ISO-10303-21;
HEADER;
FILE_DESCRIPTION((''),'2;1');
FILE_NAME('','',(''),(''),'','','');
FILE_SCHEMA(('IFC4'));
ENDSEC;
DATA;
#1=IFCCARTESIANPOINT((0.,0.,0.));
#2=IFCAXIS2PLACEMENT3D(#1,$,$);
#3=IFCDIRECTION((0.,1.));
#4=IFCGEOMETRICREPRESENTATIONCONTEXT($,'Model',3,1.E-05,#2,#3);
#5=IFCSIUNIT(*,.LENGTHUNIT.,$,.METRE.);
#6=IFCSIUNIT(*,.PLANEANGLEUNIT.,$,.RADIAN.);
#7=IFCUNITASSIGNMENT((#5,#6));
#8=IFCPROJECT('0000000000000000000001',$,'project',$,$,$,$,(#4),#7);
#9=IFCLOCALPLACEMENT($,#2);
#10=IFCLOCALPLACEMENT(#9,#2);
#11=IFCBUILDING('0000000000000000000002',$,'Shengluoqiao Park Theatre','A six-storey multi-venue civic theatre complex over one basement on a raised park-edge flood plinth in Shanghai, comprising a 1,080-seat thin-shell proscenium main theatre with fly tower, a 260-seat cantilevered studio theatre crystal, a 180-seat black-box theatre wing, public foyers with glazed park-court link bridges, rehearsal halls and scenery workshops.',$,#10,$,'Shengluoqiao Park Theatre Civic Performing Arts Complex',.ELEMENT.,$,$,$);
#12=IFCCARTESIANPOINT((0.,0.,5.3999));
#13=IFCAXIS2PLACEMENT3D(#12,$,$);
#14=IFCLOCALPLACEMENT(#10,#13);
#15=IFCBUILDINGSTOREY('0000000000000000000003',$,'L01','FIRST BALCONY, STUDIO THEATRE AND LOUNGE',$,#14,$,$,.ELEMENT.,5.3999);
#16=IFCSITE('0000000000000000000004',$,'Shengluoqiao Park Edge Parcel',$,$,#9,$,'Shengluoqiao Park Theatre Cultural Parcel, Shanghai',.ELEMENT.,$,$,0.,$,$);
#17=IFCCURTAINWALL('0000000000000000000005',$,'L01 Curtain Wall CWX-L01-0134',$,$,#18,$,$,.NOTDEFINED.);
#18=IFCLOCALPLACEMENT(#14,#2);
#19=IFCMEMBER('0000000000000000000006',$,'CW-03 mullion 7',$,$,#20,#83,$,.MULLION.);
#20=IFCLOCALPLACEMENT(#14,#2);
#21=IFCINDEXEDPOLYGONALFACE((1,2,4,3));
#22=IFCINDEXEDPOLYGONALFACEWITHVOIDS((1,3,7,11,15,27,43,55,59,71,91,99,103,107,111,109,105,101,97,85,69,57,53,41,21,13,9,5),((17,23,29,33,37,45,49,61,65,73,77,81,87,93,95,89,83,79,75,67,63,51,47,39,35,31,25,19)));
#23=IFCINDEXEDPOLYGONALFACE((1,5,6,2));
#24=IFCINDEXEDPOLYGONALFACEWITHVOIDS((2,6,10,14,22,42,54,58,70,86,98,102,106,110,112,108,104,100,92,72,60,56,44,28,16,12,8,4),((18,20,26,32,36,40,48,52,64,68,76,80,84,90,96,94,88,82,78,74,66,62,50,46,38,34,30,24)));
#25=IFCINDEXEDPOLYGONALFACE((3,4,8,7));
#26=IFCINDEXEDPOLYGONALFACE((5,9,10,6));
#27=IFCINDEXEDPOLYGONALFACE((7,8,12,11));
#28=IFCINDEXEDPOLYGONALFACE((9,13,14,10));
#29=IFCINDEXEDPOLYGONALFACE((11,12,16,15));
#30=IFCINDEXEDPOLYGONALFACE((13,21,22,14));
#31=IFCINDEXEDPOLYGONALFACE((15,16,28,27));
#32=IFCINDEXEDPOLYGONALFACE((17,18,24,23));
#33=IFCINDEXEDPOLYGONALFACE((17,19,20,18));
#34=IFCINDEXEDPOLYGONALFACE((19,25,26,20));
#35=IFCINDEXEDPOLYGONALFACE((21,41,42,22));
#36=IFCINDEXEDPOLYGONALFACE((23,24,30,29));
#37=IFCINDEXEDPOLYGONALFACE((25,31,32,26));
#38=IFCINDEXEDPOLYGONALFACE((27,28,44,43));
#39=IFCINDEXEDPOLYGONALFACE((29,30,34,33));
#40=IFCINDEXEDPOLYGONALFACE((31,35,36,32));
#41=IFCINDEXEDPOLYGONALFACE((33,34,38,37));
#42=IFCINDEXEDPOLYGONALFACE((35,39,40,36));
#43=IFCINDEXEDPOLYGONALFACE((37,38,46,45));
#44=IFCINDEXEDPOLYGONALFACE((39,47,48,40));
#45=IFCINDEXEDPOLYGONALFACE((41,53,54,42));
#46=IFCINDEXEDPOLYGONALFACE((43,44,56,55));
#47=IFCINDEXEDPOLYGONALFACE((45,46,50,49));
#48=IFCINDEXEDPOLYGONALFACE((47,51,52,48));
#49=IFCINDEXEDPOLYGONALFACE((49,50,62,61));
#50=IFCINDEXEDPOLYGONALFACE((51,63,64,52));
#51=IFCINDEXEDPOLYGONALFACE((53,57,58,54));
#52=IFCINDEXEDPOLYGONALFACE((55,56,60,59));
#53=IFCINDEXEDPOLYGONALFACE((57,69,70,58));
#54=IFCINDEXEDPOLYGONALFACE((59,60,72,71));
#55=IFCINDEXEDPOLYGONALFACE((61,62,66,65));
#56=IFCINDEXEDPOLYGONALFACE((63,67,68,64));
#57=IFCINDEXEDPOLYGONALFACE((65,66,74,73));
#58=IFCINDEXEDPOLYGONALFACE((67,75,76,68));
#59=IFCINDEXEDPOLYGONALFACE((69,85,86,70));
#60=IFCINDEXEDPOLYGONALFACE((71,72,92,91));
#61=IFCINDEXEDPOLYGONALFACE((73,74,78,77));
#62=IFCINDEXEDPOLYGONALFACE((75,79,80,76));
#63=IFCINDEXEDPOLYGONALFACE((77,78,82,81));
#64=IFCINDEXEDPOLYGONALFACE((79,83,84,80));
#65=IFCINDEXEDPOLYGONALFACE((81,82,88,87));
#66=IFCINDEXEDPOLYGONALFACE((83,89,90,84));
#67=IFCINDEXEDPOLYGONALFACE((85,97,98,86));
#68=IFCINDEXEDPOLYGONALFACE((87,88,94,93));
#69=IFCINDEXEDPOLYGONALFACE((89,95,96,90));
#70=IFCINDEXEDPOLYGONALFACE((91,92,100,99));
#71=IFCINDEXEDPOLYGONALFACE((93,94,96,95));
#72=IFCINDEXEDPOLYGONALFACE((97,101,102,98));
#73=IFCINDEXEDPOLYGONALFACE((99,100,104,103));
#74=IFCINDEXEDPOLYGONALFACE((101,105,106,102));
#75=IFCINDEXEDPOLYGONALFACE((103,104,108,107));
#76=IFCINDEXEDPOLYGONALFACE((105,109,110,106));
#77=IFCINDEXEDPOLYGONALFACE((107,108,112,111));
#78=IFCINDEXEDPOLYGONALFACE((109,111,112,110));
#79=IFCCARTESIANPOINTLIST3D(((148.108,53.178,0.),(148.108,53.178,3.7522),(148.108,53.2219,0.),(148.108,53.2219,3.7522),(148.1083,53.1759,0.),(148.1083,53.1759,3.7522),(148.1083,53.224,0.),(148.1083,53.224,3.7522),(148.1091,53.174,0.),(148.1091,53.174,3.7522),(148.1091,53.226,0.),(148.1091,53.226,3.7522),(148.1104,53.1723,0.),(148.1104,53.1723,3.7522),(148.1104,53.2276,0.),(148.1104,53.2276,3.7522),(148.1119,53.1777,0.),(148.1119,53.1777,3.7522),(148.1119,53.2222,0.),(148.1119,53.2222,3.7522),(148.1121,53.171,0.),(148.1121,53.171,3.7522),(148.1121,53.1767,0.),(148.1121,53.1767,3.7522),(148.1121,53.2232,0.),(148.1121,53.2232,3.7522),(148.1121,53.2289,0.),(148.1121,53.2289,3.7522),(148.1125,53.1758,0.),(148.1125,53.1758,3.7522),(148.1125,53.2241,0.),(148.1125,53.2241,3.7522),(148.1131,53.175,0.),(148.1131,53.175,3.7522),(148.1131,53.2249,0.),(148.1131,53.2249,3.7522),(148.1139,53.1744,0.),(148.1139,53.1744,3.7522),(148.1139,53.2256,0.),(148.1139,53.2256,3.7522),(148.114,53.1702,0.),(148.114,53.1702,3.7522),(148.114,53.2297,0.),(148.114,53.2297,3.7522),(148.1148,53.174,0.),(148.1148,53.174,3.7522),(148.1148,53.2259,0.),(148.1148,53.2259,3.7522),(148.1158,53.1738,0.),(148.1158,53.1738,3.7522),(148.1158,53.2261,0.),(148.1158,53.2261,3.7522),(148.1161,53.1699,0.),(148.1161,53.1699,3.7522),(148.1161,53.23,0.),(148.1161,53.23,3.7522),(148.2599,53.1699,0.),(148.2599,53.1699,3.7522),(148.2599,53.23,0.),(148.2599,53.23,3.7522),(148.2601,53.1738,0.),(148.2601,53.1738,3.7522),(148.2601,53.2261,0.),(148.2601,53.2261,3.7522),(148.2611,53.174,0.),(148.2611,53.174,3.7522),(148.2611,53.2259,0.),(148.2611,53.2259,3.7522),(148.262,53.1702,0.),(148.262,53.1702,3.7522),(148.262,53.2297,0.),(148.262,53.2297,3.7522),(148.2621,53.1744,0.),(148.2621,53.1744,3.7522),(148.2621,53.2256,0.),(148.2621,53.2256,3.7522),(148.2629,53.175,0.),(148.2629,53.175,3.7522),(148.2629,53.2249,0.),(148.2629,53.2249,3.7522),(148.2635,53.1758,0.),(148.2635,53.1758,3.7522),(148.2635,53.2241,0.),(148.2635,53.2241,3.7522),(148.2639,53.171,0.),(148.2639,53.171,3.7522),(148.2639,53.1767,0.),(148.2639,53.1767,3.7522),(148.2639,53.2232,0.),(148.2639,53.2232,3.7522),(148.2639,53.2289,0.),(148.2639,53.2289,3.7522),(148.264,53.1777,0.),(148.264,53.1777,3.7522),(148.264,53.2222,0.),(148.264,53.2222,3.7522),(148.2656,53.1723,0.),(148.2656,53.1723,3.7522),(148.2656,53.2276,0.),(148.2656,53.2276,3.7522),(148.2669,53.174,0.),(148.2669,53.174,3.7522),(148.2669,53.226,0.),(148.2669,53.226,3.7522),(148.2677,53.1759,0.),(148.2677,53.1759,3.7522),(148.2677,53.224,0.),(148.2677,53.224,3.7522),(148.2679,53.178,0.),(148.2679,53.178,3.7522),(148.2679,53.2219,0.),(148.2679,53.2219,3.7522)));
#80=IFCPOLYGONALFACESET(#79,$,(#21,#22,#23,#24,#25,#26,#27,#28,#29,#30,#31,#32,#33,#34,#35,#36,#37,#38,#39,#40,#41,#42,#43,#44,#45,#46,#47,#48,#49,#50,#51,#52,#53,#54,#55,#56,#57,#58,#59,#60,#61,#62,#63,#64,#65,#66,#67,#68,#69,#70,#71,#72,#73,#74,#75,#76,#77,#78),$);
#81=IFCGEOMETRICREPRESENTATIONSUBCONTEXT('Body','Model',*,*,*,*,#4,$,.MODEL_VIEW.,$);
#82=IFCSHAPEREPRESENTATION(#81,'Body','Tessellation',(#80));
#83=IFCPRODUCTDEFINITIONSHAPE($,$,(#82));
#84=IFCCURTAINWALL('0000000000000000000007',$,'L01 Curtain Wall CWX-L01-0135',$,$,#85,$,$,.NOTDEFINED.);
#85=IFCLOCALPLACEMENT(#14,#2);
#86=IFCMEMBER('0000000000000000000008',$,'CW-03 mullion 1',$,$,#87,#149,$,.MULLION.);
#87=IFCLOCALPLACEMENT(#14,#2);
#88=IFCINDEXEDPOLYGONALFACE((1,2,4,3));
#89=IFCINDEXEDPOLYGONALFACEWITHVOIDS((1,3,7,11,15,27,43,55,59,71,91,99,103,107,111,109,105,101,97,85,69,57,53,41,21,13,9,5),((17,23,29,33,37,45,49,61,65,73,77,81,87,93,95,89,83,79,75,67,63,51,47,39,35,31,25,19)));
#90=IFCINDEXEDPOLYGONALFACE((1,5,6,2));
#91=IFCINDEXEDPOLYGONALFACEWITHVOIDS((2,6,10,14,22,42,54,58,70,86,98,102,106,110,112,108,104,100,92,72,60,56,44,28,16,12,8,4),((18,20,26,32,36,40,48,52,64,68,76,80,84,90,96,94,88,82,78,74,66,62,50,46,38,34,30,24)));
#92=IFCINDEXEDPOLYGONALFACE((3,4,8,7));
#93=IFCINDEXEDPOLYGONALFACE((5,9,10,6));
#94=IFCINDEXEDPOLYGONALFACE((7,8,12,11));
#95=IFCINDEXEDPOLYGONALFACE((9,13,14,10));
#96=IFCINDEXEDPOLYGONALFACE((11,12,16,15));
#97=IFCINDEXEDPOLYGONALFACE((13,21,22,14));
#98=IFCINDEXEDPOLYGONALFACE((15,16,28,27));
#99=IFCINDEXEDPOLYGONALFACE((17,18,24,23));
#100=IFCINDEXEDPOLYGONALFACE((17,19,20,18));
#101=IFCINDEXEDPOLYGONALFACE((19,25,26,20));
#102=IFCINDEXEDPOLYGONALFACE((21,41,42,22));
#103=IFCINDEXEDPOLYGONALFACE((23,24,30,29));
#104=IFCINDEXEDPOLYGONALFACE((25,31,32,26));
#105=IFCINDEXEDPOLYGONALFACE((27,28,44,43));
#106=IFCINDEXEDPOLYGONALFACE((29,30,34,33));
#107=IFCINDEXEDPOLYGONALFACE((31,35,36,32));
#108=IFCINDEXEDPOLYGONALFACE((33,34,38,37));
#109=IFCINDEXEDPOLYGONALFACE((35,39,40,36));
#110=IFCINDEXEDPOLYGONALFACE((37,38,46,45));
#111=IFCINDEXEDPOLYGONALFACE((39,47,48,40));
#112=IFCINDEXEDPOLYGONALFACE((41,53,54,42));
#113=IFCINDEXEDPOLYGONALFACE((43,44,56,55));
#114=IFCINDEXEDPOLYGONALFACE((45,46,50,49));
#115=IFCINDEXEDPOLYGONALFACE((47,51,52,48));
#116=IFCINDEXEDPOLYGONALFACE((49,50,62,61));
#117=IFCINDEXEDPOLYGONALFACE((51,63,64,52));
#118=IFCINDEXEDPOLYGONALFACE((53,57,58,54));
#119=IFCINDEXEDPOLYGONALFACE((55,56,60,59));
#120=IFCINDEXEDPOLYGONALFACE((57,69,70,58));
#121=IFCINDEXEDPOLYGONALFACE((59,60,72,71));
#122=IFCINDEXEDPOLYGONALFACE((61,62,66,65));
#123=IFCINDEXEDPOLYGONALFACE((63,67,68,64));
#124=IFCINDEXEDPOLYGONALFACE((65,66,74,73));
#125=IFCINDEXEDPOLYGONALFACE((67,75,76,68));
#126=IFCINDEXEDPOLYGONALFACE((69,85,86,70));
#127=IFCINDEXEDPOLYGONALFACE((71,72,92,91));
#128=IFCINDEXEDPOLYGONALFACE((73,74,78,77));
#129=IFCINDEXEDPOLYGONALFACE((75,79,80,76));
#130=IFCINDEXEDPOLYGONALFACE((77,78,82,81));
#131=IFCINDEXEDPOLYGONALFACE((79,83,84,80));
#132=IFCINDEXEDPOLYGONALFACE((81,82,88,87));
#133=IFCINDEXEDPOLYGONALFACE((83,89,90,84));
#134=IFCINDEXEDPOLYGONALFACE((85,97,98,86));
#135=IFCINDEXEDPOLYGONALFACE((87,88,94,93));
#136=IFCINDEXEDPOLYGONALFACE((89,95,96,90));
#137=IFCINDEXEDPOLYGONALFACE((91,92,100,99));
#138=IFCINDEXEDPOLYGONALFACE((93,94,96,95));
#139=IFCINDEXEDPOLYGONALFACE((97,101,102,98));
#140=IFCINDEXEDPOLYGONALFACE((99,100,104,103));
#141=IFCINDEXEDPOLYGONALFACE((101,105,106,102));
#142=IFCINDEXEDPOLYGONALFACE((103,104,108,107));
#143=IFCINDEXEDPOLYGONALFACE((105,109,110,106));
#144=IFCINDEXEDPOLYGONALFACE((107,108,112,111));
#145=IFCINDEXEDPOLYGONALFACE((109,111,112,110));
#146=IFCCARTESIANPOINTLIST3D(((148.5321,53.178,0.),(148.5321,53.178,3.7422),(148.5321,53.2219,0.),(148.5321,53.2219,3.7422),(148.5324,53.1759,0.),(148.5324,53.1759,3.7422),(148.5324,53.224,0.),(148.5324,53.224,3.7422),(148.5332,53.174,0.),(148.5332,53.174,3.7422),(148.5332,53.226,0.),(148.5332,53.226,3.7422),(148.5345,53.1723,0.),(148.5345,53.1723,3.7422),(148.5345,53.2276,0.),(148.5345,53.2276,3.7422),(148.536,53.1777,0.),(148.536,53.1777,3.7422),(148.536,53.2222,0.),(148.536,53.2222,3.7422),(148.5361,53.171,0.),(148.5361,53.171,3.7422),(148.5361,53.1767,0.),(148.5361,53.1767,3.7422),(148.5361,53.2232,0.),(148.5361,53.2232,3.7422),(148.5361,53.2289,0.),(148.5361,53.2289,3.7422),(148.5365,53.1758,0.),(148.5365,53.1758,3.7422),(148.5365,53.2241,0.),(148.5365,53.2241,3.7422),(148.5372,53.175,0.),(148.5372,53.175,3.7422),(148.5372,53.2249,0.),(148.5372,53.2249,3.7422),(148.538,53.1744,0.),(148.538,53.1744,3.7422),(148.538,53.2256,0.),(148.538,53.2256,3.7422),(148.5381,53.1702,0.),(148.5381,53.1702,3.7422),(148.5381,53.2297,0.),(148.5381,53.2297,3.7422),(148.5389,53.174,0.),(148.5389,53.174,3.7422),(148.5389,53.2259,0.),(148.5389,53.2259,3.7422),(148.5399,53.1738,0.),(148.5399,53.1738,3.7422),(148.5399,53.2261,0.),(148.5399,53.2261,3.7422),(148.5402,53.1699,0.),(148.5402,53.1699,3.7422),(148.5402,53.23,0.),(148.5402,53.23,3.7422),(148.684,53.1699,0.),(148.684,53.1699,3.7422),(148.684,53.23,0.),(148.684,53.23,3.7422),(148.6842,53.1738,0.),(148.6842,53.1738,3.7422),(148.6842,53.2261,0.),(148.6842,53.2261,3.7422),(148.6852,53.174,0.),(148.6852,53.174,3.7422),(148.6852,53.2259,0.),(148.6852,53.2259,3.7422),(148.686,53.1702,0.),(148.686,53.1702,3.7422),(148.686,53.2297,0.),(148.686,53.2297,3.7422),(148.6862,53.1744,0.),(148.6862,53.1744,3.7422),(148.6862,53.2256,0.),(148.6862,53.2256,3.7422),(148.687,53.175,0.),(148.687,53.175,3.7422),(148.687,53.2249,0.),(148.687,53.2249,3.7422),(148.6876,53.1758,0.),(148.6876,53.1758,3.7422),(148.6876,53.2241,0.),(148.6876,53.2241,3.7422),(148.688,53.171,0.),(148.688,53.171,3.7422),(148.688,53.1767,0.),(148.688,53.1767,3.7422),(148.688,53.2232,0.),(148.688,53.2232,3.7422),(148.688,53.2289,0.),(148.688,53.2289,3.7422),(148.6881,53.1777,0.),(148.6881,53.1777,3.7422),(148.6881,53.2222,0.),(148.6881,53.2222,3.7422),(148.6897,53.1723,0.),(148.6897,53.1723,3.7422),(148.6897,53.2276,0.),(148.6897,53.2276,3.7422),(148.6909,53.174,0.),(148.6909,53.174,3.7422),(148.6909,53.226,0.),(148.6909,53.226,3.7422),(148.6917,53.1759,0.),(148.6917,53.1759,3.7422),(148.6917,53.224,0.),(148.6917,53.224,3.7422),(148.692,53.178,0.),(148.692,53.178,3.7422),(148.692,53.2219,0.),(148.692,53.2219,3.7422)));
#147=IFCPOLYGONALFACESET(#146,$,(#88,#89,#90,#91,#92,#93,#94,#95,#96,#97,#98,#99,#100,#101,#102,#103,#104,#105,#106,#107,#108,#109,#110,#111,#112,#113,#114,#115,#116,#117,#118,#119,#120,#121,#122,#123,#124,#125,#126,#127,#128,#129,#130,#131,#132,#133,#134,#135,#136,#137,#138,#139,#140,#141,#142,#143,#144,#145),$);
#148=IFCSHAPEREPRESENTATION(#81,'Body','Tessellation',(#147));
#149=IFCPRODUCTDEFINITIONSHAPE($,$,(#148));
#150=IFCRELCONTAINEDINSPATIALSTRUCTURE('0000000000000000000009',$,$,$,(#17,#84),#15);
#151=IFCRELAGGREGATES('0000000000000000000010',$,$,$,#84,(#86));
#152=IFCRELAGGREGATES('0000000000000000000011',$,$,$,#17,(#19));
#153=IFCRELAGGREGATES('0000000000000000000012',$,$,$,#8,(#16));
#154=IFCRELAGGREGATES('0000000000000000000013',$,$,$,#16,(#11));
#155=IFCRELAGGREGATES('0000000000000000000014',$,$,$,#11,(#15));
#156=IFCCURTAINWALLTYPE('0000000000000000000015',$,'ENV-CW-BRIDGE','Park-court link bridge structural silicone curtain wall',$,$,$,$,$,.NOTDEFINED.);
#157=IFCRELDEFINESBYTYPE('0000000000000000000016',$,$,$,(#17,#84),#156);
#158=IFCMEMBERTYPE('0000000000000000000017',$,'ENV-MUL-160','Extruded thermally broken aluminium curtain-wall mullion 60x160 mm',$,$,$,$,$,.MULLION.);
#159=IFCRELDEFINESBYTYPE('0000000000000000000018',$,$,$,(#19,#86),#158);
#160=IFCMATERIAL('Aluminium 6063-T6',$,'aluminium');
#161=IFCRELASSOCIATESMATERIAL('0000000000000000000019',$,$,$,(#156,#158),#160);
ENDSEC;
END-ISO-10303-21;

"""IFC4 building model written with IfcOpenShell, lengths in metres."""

from ifc_helpers import new_model, si_unit, direction, frame, origin, origin_2d, place, context, subcontext, project, spatial, hollow_rectangle, extrude, material, material_profile, profile_set, type_object, element, aggregate, save


model = new_model("IFC4")

# Units and contexts
model_context = context("Model", 3, precision=1e-05, world=origin(), true_north=direction((0.0, 1.0)))
body_context = subcontext(model_context, "Body", "Model", "MODEL_VIEW")
ifc_project = project(units=[si_unit("LENGTHUNIT", "METRE"), si_unit("PLANEANGLEUNIT", "RADIAN")], contexts=[model_context])

# Site, building, storey
site_placement = place(None, origin())
site = spatial("IfcSite", under=ifc_project, at=site_placement, Name="Shengluoqiao Park Edge Parcel", LongName="Shengluoqiao Park Theatre Cultural Parcel, Shanghai", CompositionType="ELEMENT", RefElevation=0.0)
building_placement = place(site_placement, origin())
building = spatial("IfcBuilding", under=site, at=building_placement, Name="Shengluoqiao Park Theatre", Description="A six-storey multi-venue civic theatre complex over one basement on a raised park-edge flood plinth in Shanghai, comprising a 1,080-seat thin-shell proscenium main theatre with fly tower, a 260-seat cantilevered studio theatre crystal, a 180-seat black-box theatre wing, public foyers with glazed park-court link bridges, rehearsal halls and scenery workshops.", LongName="Shengluoqiao Park Theatre Civic Performing Arts Complex", CompositionType="ELEMENT")
storey_placement = place(building_placement, frame((0.0, 0.0, 5.3999)))
storey = spatial("IfcBuildingStorey", under=building, at=storey_placement, Name="L01", Description="FIRST BALCONY, STUDIO THEATRE AND LOUNGE", CompositionType="ELEMENT", Elevation=5.3999)

# Curtain wall, member
ifc_material_1 = material(Name="Aluminium 6063-T6", Category="aluminium")
curtain_wall_type = type_object("IfcCurtainWallType", Name="ENV-CW-BRIDGE", Description="Park-court link bridge structural silicone curtain wall", PredefinedType="NOTDEFINED", material=ifc_material_1)
curtain_wall_1_placement = place(storey_placement, origin())
curtain_wall_1 = element("IfcCurtainWall", 1, at=curtain_wall_1_placement, inside=storey, type_object=curtain_wall_type, Name="L01 Curtain Wall CWX-L01-0134", PredefinedType="NOTDEFINED")
ifc_material_profile_1 = material_profile(ifc_material_1, hollow_rectangle(XDim=0.0601, YDim=0.1599, WallThickness=0.0039, InnerFilletRadius=0.0039, OuterFilletRadius=0.0081, at=origin_2d()), Name="ALU MULLION 160x60x4")
ifc_profile_set_1 = profile_set([ifc_material_profile_1], Name="Aluminium 6063-T6")
member_type_1 = type_object("IfcMemberType", Name="ENV-MUL-160", Description="Extruded thermally broken aluminium curtain-wall mullion 60x160 mm", PredefinedType="MULLION", material=ifc_profile_set_1)
member_1_placement = place(storey_placement, frame((148.188, 53.2, 0.0), z_axis=(0.0, 0.0, 1.0), x_axis=(0.0, 1.0, 0.0)))
member_1 = element("IfcMember", 2, at=member_1_placement, type_object=member_type_1, Name="CW-03 mullion 7", PredefinedType="MULLION", context=body_context, shape_type="SweptSolid", body=[
    extrude(hollow_rectangle(XDim=0.0601, YDim=0.1599, WallThickness=0.0039, InnerFilletRadius=0.0039, OuterFilletRadius=0.0081, at=origin_2d()), origin(), (0.0, 0.0, 1.0), 3.7522),
])

# Curtain wall, member
curtain_wall_2_placement = place(storey_placement, origin())
curtain_wall_2 = element("IfcCurtainWall", 3, at=curtain_wall_2_placement, inside=storey, type_object=curtain_wall_type, Name="L01 Curtain Wall CWX-L01-0135", PredefinedType="NOTDEFINED")
member_2_placement = place(storey_placement, frame((148.6121, 53.2, 0.0), z_axis=(0.0, 0.0, 1.0), x_axis=(0.0, 1.0, 0.0)))
member_2 = element("IfcMember", 4, at=member_2_placement, type_object=member_type_1, Name="CW-03 mullion 1", PredefinedType="MULLION", context=body_context, shape_type="SweptSolid", body=[
    extrude(hollow_rectangle(XDim=0.0601, YDim=0.1599, WallThickness=0.0039, InnerFilletRadius=0.0039, OuterFilletRadius=0.0081, at=origin_2d()), origin(), (0.0, 0.0, 1.0), 3.7422),
])

aggregate(curtain_wall_2, [member_2])

aggregate(curtain_wall_1, [member_1])

save(model, "model.ifc")
